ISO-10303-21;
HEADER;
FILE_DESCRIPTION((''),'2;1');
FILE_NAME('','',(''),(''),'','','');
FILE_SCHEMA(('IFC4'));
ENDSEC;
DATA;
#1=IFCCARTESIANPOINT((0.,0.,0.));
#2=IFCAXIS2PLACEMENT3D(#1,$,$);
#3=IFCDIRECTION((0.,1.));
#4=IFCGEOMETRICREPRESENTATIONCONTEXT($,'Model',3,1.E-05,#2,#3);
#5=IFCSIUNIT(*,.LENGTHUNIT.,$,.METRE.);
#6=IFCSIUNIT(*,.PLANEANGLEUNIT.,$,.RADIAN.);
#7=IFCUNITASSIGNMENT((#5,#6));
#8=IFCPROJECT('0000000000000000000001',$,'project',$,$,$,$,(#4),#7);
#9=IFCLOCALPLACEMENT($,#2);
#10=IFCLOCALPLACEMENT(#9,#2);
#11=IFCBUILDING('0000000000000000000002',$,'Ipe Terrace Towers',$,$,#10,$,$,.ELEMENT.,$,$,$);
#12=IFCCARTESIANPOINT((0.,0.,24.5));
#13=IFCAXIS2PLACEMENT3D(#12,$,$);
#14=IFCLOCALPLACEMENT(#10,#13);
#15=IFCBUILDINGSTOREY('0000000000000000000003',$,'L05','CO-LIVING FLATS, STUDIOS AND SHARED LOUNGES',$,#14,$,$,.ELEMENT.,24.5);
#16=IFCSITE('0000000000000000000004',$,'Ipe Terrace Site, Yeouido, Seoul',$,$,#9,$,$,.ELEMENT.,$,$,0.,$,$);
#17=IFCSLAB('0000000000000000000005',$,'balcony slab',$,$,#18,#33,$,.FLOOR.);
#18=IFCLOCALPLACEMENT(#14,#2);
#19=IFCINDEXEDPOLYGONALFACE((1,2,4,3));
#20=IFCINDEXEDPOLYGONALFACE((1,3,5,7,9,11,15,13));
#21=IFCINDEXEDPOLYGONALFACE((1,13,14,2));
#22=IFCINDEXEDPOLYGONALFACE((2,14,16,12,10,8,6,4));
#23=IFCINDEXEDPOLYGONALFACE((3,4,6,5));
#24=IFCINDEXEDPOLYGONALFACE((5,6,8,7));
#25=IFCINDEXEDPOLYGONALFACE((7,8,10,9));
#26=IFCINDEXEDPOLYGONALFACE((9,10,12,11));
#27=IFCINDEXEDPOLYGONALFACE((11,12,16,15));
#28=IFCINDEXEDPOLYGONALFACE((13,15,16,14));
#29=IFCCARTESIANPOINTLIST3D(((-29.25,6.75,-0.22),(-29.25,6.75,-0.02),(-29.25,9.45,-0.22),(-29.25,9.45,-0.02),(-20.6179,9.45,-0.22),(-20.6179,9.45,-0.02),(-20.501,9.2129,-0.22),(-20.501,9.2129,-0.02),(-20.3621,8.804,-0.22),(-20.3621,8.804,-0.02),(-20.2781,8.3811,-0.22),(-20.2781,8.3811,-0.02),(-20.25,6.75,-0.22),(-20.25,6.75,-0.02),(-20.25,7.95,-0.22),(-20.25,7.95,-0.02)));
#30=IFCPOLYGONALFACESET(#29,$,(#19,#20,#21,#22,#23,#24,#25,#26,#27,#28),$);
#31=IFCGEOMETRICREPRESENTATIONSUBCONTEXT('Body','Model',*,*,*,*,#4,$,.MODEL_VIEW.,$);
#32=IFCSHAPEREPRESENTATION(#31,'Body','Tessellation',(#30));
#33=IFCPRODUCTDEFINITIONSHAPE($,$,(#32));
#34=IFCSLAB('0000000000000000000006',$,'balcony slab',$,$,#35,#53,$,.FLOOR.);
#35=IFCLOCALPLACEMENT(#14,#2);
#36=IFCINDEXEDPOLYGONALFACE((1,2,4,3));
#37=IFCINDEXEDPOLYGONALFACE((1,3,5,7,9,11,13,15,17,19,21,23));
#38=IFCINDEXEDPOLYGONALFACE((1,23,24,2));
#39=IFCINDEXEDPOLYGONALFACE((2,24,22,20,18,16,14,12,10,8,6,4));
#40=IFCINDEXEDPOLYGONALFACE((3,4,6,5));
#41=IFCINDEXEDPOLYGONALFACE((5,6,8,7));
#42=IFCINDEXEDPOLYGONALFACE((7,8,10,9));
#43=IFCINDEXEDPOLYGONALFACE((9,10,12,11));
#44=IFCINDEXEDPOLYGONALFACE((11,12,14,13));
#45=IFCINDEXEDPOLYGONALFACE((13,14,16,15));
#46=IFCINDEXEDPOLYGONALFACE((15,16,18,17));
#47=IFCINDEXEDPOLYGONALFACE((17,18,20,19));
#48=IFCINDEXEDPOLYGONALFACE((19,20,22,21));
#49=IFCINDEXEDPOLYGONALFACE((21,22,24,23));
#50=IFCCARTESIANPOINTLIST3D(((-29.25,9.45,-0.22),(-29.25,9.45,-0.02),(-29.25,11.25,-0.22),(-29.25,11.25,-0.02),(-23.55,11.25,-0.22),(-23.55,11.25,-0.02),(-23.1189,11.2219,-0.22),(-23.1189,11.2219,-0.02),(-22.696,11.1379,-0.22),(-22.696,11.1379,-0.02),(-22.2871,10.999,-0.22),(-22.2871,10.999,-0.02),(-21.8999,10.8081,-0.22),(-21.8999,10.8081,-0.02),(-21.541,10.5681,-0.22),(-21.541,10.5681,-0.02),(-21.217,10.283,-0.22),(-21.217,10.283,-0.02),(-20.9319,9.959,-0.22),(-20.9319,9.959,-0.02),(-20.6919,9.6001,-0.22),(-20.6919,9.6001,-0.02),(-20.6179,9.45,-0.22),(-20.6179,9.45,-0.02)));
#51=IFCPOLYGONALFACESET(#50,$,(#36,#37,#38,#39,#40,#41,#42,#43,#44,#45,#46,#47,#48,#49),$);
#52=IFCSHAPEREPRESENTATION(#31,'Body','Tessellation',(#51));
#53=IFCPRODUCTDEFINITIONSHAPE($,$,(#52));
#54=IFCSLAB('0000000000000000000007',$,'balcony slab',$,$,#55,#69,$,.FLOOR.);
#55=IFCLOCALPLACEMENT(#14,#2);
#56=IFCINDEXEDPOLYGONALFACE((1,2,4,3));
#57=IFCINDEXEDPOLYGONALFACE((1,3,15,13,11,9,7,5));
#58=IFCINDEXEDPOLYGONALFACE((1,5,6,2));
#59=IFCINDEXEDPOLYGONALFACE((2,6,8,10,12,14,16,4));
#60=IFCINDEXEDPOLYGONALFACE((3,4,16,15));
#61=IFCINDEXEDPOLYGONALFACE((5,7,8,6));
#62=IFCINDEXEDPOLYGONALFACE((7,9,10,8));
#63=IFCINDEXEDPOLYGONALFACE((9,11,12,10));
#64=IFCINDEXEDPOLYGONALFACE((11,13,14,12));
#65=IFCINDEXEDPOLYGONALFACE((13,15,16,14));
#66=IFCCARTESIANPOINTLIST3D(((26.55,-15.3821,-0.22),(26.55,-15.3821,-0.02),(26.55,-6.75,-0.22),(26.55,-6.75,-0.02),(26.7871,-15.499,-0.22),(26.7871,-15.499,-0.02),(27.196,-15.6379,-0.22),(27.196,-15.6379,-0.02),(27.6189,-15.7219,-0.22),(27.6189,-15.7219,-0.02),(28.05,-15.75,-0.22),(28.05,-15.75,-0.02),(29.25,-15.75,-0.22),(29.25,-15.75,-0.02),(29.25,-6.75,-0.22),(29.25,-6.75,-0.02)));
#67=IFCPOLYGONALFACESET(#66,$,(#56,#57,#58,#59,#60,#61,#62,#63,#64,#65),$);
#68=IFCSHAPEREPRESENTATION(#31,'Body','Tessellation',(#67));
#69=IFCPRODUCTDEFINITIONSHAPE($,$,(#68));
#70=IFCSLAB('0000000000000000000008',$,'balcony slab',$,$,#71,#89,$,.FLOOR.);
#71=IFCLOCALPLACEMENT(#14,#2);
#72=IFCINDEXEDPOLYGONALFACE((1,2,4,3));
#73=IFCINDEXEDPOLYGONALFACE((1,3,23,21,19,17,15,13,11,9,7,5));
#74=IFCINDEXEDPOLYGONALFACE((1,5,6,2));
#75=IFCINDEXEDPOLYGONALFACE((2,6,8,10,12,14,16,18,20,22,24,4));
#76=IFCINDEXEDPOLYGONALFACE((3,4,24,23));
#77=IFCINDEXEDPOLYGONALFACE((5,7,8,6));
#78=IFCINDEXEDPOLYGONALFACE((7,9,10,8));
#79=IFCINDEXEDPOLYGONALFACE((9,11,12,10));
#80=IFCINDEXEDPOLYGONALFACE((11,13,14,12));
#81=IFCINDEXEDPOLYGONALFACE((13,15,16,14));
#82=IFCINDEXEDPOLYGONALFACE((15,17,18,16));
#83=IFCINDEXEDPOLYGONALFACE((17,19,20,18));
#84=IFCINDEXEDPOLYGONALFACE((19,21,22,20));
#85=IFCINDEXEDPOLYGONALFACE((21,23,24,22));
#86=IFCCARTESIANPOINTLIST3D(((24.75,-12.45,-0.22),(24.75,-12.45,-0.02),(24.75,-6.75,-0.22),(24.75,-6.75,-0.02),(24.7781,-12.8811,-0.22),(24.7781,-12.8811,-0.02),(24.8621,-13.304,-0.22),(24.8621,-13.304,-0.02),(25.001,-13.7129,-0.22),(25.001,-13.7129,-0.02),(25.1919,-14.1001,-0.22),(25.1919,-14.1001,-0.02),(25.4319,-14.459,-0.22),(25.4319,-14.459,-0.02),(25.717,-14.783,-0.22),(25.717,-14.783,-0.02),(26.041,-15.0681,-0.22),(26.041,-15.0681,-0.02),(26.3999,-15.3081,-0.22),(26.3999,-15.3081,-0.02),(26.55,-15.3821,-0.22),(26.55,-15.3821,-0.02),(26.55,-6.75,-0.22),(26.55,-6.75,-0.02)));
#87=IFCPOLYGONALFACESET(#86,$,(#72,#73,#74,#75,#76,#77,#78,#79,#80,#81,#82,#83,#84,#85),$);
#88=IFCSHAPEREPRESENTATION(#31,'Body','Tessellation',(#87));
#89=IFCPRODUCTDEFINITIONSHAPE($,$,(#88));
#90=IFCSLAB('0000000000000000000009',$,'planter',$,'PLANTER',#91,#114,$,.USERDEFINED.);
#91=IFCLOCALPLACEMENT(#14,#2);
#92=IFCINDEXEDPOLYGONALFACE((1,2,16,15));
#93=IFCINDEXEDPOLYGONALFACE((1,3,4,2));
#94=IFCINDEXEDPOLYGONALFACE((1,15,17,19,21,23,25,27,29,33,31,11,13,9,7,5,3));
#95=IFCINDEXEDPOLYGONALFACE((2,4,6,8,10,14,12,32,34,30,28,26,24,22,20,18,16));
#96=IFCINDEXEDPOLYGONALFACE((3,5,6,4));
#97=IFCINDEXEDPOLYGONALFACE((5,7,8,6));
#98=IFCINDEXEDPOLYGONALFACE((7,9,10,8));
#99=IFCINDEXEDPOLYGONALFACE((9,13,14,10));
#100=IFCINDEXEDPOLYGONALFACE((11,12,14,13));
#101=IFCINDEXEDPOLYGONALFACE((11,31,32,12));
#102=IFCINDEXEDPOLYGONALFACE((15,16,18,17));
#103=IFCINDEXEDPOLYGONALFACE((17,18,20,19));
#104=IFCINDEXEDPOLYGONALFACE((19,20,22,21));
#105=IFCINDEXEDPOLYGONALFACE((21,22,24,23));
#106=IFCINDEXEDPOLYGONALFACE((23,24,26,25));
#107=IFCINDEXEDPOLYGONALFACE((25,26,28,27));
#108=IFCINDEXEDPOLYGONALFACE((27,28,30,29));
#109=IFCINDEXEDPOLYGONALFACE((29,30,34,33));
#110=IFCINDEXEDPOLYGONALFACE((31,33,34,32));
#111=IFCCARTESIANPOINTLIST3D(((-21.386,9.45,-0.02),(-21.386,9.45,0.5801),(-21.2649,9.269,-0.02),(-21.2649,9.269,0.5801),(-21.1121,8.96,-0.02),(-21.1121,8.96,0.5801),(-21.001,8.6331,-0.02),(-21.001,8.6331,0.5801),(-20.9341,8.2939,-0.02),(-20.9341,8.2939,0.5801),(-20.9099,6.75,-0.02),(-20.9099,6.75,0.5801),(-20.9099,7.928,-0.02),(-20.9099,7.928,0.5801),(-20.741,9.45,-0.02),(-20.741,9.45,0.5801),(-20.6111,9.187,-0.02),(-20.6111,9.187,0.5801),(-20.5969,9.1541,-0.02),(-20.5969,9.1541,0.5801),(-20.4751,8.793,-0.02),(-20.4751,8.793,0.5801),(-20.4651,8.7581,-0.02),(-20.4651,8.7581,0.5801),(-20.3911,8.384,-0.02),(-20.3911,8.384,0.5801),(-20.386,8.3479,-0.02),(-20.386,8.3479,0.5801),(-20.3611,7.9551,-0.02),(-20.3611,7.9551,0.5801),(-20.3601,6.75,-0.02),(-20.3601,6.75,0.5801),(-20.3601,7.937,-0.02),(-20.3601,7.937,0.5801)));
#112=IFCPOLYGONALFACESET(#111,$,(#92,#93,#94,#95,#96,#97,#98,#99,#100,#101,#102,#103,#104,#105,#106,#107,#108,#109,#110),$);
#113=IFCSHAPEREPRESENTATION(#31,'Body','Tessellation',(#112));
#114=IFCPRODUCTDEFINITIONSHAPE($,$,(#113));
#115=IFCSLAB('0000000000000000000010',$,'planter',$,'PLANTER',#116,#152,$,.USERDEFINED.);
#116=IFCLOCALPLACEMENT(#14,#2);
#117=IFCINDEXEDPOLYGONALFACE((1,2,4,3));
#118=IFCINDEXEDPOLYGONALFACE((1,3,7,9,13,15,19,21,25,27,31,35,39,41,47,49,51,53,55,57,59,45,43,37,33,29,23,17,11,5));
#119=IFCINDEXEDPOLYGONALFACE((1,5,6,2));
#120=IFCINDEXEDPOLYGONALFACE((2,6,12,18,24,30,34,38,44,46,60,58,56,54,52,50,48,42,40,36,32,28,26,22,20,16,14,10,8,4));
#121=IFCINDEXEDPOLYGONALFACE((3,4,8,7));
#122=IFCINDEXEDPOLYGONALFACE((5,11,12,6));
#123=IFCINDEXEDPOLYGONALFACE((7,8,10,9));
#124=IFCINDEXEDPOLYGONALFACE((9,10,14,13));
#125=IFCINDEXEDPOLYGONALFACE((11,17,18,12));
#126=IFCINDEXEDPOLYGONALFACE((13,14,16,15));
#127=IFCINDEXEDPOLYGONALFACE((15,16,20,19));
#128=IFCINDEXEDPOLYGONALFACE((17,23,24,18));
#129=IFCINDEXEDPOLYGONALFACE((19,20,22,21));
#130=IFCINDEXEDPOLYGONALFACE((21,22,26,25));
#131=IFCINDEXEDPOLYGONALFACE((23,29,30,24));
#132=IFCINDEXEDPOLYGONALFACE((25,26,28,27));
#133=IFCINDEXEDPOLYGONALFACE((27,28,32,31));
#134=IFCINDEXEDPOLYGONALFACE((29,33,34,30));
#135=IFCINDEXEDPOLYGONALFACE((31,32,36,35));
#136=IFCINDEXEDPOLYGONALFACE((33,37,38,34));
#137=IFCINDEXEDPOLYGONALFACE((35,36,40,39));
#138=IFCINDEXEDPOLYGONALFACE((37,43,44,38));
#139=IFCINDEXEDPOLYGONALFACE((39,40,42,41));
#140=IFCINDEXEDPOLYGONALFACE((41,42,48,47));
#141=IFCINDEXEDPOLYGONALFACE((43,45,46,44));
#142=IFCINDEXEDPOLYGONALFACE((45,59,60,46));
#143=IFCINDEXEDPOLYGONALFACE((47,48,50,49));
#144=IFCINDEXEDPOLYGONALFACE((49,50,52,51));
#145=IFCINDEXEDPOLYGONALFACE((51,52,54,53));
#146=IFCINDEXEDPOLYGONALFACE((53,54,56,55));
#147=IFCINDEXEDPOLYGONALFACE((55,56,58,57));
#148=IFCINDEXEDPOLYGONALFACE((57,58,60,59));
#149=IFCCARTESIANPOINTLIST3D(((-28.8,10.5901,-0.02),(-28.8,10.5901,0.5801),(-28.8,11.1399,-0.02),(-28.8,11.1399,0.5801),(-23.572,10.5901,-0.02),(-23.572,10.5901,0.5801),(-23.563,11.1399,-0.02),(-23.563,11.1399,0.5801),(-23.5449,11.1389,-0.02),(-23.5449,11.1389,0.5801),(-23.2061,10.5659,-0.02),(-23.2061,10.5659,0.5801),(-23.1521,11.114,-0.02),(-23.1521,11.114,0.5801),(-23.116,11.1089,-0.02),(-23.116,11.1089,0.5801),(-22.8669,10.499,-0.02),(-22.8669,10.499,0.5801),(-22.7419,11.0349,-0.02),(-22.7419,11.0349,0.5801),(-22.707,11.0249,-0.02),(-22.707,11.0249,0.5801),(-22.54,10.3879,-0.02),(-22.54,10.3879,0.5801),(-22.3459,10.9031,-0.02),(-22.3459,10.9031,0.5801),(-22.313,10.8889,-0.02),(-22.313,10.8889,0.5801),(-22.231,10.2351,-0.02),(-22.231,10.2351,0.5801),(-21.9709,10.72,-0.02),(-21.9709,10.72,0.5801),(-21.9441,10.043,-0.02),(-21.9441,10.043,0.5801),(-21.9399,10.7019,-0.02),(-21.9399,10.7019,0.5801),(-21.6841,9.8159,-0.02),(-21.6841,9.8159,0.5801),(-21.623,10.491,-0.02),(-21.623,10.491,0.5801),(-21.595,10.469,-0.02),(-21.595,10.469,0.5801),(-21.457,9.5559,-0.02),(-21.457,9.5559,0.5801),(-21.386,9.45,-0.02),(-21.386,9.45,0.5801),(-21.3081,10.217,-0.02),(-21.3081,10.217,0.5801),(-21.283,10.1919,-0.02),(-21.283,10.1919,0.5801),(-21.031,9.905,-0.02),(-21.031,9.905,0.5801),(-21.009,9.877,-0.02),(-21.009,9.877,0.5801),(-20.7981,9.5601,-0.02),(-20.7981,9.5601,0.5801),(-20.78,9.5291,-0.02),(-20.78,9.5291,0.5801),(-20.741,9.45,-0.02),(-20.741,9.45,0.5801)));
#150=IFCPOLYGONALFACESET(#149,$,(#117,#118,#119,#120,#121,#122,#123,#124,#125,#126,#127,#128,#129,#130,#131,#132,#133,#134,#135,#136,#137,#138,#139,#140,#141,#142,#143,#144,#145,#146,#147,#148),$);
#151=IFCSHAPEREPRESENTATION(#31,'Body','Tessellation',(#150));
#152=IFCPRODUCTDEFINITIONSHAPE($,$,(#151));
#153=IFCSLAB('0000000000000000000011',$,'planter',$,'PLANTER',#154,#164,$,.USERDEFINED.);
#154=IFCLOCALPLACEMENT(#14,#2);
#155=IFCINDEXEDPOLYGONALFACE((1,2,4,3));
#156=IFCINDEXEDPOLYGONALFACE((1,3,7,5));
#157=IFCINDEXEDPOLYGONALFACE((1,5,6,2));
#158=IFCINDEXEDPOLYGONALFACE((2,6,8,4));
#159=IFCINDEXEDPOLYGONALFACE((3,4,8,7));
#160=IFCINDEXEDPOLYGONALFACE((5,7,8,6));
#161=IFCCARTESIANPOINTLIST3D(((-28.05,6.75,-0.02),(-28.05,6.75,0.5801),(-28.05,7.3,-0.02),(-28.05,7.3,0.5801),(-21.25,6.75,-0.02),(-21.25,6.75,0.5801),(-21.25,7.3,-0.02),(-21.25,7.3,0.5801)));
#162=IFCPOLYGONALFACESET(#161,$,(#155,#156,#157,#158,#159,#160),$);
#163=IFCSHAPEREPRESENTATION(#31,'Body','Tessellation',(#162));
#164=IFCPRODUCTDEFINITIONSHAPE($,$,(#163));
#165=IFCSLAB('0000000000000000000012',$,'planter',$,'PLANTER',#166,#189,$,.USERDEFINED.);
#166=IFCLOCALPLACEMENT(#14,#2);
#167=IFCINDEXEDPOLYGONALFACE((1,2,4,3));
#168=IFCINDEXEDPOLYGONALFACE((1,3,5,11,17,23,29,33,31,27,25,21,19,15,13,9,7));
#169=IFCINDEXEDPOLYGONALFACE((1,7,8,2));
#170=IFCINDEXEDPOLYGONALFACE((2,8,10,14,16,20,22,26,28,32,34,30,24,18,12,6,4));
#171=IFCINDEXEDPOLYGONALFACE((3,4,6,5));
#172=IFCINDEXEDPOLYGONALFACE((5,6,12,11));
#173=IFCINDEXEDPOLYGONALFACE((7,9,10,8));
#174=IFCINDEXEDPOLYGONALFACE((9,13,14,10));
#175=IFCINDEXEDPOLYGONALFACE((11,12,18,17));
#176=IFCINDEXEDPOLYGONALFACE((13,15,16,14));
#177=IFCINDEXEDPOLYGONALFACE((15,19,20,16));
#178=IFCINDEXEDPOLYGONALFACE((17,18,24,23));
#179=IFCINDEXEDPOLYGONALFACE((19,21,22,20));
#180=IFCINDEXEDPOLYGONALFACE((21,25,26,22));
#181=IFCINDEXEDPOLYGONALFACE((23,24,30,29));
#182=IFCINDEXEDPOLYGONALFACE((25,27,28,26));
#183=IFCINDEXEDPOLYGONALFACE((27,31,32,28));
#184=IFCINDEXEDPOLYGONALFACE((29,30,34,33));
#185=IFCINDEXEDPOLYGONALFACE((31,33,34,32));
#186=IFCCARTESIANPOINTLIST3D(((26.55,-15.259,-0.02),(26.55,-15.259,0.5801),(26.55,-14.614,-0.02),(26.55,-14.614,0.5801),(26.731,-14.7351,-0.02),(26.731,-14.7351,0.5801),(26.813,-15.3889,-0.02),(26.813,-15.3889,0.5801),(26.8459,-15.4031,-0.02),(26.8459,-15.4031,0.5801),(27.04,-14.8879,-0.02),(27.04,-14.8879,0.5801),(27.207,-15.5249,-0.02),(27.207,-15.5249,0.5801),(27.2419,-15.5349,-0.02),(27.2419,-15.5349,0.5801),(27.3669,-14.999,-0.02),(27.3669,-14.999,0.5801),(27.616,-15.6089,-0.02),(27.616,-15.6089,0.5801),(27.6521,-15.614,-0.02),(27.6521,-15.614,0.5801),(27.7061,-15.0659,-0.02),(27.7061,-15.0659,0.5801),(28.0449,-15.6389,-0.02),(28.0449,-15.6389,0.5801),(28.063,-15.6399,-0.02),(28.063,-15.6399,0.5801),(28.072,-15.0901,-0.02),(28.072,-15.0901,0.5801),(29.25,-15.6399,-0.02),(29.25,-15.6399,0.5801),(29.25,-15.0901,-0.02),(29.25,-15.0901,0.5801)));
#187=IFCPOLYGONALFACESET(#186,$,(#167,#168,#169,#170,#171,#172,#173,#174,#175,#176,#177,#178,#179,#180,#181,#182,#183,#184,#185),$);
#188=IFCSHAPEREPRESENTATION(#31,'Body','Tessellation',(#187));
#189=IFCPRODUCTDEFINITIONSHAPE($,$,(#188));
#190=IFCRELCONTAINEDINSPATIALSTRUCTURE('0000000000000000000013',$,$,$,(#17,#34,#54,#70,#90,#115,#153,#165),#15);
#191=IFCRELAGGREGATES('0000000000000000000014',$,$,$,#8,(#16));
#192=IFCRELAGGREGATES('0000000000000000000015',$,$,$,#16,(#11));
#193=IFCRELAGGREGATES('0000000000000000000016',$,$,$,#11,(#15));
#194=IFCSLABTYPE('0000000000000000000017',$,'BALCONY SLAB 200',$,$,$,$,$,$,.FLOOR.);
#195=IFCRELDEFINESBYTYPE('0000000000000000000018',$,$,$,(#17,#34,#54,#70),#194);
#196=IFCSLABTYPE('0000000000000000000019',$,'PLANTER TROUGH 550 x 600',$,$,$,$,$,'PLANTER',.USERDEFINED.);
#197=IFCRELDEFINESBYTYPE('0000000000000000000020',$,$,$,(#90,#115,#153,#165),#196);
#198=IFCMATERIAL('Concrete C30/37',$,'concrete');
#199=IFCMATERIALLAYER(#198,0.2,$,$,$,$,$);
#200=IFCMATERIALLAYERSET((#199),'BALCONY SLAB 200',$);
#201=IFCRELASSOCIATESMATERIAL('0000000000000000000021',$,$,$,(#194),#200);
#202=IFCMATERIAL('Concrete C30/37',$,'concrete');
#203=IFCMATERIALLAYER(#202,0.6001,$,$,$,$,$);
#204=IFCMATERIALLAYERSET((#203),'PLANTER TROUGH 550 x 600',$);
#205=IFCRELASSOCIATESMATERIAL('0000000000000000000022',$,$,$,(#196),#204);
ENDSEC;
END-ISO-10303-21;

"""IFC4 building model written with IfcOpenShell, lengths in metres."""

from ifc_helpers import new_model, si_unit, direction, frame, origin, place, context, subcontext, project, spatial, polyline, outline, extrude, material, layer, layer_set, type_object, element, save


model = new_model("IFC4")

# Units and contexts
model_context = context("Model", 3, precision=1e-05, world=origin(), true_north=direction((0.0, 1.0)))
body_context = subcontext(model_context, "Body", "Model", "MODEL_VIEW")
ifc_project = project(units=[si_unit("LENGTHUNIT", "METRE"), si_unit("PLANEANGLEUNIT", "RADIAN")], contexts=[model_context])

# Site, building, storey
site_placement = place(None, origin())
site = spatial("IfcSite", under=ifc_project, at=site_placement, Name="Ipe Terrace Site, Yeouido, Seoul", CompositionType="ELEMENT", RefElevation=0.0)
building_placement = place(site_placement, origin())
building = spatial("IfcBuilding", under=site, at=building_placement, Name="Ipe Terrace Towers", CompositionType="ELEMENT")
storey_placement = place(building_placement, frame((0.0, 0.0, 24.5)))
storey = spatial("IfcBuildingStorey", under=building, at=storey_placement, Name="L05", Description="CO-LIVING FLATS, STUDIOS AND SHARED LOUNGES", CompositionType="ELEMENT", Elevation=24.5)

# Slabs
ifc_material_1 = material(Name="Concrete C30/37", Category="concrete")
ifc_layer_1 = layer(ifc_material_1, 0.2)
ifc_layer_set_1 = layer_set([ifc_layer_1], Name="BALCONY SLAB 200")
slab_type_1 = type_object("IfcSlabType", Name="BALCONY SLAB 200", PredefinedType="FLOOR", material=ifc_layer_set_1)
slab_1_placement = place(storey_placement, frame((0.0, 0.0, -0.22)))
element("IfcSlab", 1, at=slab_1_placement, inside=storey, type_object=slab_type_1, Name="balcony slab", PredefinedType="FLOOR", context=body_context, shape_type="SweptSolid", body=[
    extrude(outline(polyline([(-20.501, 9.2129), (-20.6179, 9.45), (-29.25, 9.45), (-29.25, 6.75), (-20.25, 6.75), (-20.25, 7.95), (-20.2781, 8.3811), (-20.3621, 8.804), (-20.501, 9.2129)])), origin(), (0.0, 0.0, 1.0), 0.2),
])
slab_2_placement = place(storey_placement, frame((0.0, 0.0, -0.22)))
element("IfcSlab", 2, at=slab_2_placement, inside=storey, type_object=slab_type_1, Name="balcony slab", PredefinedType="FLOOR", context=body_context, shape_type="SweptSolid", body=[
    extrude(outline(polyline([(-29.25, 11.25), (-29.25, 9.45), (-20.6179, 9.45), (-20.6919, 9.6001), (-20.9319, 9.959), (-21.217, 10.283), (-21.541, 10.5681), (-21.8999, 10.8081), (-22.2871, 10.999), (-22.696, 11.1379), (-23.1189, 11.2219), (-23.55, 11.25), (-29.25, 11.25)])), origin(), (0.0, 0.0, 1.0), 0.2),
])
slab_3_placement = place(storey_placement, frame((0.0, 0.0, -0.22)))
element("IfcSlab", 3, at=slab_3_placement, inside=storey, type_object=slab_type_1, Name="balcony slab", PredefinedType="FLOOR", context=body_context, shape_type="SweptSolid", body=[
    extrude(outline(polyline([(26.7871, -15.499), (27.196, -15.6379), (27.6189, -15.7219), (28.05, -15.75), (29.25, -15.75), (29.25, -6.75), (26.55, -6.75), (26.55, -15.3821), (26.7871, -15.499)])), origin(), (0.0, 0.0, 1.0), 0.2),
])
slab_4_placement = place(storey_placement, frame((0.0, 0.0, -0.22)))
element("IfcSlab", 4, at=slab_4_placement, inside=storey, type_object=slab_type_1, Name="balcony slab", PredefinedType="FLOOR", context=body_context, shape_type="SweptSolid", body=[
    extrude(outline(polyline([(24.75, -6.75), (24.75, -12.45), (24.7781, -12.8811), (24.8621, -13.304), (25.001, -13.7129), (25.1919, -14.1001), (25.4319, -14.459), (25.717, -14.783), (26.041, -15.0681), (26.3999, -15.3081), (26.55, -15.3821), (26.55, -6.75), (24.75, -6.75)])), origin(), (0.0, 0.0, 1.0), 0.2),
])
ifc_material_2 = material(Name="Concrete C30/37", Category="concrete")
ifc_layer_2 = layer(ifc_material_2, 0.6001)
ifc_layer_set_2 = layer_set([ifc_layer_2], Name="PLANTER TROUGH 550 x 600")
slab_type_2 = type_object("IfcSlabType", Name="PLANTER TROUGH 550 x 600", ElementType="PLANTER", PredefinedType="USERDEFINED", material=ifc_layer_set_2)
slab_5_placement = place(storey_placement, frame((0.0, 0.0, -0.02)))
element("IfcSlab", 5, at=slab_5_placement, inside=storey, type_object=slab_type_2, Name="planter", ObjectType="PLANTER", PredefinedType="USERDEFINED", context=body_context, shape_type="SweptSolid", body=[
    extrude(outline(polyline([(-21.001, 8.6331), (-20.9341, 8.2939), (-20.9099, 7.928), (-20.9099, 6.75), (-20.3601, 6.75), (-20.3601, 7.937), (-20.3611, 7.9551), (-20.386, 8.3479), (-20.3911, 8.384), (-20.4651, 8.7581), (-20.4751, 8.793), (-20.5969, 9.1541), (-20.6111, 9.187), (-20.741, 9.45), (-21.386, 9.45), (-21.2649, 9.269), (-21.1121, 8.96), (-21.001, 8.6331)])), origin(), (0.0, 0.0, 1.0), 0.6001),
])
slab_6_placement = place(storey_placement, frame((0.0, 0.0, -0.02)))
element("IfcSlab", 6, at=slab_6_placement, inside=storey, type_object=slab_type_2, Name="planter", ObjectType="PLANTER", PredefinedType="USERDEFINED", context=body_context, shape_type="SweptSolid", body=[
    extrude(outline(polyline([(-21.457, 9.5559), (-21.386, 9.45), (-20.741, 9.45), (-20.78, 9.5291), (-20.7981, 9.5601), (-21.009, 9.877), (-21.031, 9.905), (-21.283, 10.1919), (-21.3081, 10.217), (-21.595, 10.469), (-21.623, 10.491), (-21.9399, 10.7019), (-21.9709, 10.72), (-22.313, 10.8889), (-22.3459, 10.9031), (-22.707, 11.0249), (-22.7419, 11.0349), (-23.116, 11.1089), (-23.1521, 11.114), (-23.5449, 11.1389), (-23.563, 11.1399), (-28.8, 11.1399), (-28.8, 10.5901), (-23.572, 10.5901), (-23.2061, 10.5659), (-22.8669, 10.499), (-22.54, 10.3879), (-22.231, 10.2351), (-21.9441, 10.043), (-21.6841, 9.8159), (-21.457, 9.5559)])), origin(), (0.0, 0.0, 1.0), 0.6001),
])
slab_7_placement = place(storey_placement, frame((0.0, 0.0, -0.02)))
element("IfcSlab", 7, at=slab_7_placement, inside=storey, type_object=slab_type_2, Name="planter", ObjectType="PLANTER", PredefinedType="USERDEFINED", context=body_context, shape_type="SweptSolid", body=[
    extrude(outline(polyline([(-28.05, 6.75), (-21.25, 6.75), (-21.25, 7.3), (-28.05, 7.3), (-28.05, 6.75)])), origin(), (0.0, 0.0, 1.0), 0.6001),
])
slab_8_placement = place(storey_placement, frame((0.0, 0.0, -0.02)))
element("IfcSlab", 8, at=slab_8_placement, inside=storey, type_object=slab_type_2, Name="planter", ObjectType="PLANTER", PredefinedType="USERDEFINED", context=body_context, shape_type="SweptSolid", body=[
    extrude(outline(polyline([(27.3669, -14.999), (27.04, -14.8879), (26.731, -14.7351), (26.55, -14.614), (26.55, -15.259), (26.813, -15.3889), (26.8459, -15.4031), (27.207, -15.5249), (27.2419, -15.5349), (27.616, -15.6089), (27.6521, -15.614), (28.0449, -15.6389), (28.063, -15.6399), (29.25, -15.6399), (29.25, -15.0901), (28.072, -15.0901), (27.7061, -15.0659), (27.3669, -14.999)])), origin(), (0.0, 0.0, 1.0), 0.6001),
])

save(model, "model.ifc")
